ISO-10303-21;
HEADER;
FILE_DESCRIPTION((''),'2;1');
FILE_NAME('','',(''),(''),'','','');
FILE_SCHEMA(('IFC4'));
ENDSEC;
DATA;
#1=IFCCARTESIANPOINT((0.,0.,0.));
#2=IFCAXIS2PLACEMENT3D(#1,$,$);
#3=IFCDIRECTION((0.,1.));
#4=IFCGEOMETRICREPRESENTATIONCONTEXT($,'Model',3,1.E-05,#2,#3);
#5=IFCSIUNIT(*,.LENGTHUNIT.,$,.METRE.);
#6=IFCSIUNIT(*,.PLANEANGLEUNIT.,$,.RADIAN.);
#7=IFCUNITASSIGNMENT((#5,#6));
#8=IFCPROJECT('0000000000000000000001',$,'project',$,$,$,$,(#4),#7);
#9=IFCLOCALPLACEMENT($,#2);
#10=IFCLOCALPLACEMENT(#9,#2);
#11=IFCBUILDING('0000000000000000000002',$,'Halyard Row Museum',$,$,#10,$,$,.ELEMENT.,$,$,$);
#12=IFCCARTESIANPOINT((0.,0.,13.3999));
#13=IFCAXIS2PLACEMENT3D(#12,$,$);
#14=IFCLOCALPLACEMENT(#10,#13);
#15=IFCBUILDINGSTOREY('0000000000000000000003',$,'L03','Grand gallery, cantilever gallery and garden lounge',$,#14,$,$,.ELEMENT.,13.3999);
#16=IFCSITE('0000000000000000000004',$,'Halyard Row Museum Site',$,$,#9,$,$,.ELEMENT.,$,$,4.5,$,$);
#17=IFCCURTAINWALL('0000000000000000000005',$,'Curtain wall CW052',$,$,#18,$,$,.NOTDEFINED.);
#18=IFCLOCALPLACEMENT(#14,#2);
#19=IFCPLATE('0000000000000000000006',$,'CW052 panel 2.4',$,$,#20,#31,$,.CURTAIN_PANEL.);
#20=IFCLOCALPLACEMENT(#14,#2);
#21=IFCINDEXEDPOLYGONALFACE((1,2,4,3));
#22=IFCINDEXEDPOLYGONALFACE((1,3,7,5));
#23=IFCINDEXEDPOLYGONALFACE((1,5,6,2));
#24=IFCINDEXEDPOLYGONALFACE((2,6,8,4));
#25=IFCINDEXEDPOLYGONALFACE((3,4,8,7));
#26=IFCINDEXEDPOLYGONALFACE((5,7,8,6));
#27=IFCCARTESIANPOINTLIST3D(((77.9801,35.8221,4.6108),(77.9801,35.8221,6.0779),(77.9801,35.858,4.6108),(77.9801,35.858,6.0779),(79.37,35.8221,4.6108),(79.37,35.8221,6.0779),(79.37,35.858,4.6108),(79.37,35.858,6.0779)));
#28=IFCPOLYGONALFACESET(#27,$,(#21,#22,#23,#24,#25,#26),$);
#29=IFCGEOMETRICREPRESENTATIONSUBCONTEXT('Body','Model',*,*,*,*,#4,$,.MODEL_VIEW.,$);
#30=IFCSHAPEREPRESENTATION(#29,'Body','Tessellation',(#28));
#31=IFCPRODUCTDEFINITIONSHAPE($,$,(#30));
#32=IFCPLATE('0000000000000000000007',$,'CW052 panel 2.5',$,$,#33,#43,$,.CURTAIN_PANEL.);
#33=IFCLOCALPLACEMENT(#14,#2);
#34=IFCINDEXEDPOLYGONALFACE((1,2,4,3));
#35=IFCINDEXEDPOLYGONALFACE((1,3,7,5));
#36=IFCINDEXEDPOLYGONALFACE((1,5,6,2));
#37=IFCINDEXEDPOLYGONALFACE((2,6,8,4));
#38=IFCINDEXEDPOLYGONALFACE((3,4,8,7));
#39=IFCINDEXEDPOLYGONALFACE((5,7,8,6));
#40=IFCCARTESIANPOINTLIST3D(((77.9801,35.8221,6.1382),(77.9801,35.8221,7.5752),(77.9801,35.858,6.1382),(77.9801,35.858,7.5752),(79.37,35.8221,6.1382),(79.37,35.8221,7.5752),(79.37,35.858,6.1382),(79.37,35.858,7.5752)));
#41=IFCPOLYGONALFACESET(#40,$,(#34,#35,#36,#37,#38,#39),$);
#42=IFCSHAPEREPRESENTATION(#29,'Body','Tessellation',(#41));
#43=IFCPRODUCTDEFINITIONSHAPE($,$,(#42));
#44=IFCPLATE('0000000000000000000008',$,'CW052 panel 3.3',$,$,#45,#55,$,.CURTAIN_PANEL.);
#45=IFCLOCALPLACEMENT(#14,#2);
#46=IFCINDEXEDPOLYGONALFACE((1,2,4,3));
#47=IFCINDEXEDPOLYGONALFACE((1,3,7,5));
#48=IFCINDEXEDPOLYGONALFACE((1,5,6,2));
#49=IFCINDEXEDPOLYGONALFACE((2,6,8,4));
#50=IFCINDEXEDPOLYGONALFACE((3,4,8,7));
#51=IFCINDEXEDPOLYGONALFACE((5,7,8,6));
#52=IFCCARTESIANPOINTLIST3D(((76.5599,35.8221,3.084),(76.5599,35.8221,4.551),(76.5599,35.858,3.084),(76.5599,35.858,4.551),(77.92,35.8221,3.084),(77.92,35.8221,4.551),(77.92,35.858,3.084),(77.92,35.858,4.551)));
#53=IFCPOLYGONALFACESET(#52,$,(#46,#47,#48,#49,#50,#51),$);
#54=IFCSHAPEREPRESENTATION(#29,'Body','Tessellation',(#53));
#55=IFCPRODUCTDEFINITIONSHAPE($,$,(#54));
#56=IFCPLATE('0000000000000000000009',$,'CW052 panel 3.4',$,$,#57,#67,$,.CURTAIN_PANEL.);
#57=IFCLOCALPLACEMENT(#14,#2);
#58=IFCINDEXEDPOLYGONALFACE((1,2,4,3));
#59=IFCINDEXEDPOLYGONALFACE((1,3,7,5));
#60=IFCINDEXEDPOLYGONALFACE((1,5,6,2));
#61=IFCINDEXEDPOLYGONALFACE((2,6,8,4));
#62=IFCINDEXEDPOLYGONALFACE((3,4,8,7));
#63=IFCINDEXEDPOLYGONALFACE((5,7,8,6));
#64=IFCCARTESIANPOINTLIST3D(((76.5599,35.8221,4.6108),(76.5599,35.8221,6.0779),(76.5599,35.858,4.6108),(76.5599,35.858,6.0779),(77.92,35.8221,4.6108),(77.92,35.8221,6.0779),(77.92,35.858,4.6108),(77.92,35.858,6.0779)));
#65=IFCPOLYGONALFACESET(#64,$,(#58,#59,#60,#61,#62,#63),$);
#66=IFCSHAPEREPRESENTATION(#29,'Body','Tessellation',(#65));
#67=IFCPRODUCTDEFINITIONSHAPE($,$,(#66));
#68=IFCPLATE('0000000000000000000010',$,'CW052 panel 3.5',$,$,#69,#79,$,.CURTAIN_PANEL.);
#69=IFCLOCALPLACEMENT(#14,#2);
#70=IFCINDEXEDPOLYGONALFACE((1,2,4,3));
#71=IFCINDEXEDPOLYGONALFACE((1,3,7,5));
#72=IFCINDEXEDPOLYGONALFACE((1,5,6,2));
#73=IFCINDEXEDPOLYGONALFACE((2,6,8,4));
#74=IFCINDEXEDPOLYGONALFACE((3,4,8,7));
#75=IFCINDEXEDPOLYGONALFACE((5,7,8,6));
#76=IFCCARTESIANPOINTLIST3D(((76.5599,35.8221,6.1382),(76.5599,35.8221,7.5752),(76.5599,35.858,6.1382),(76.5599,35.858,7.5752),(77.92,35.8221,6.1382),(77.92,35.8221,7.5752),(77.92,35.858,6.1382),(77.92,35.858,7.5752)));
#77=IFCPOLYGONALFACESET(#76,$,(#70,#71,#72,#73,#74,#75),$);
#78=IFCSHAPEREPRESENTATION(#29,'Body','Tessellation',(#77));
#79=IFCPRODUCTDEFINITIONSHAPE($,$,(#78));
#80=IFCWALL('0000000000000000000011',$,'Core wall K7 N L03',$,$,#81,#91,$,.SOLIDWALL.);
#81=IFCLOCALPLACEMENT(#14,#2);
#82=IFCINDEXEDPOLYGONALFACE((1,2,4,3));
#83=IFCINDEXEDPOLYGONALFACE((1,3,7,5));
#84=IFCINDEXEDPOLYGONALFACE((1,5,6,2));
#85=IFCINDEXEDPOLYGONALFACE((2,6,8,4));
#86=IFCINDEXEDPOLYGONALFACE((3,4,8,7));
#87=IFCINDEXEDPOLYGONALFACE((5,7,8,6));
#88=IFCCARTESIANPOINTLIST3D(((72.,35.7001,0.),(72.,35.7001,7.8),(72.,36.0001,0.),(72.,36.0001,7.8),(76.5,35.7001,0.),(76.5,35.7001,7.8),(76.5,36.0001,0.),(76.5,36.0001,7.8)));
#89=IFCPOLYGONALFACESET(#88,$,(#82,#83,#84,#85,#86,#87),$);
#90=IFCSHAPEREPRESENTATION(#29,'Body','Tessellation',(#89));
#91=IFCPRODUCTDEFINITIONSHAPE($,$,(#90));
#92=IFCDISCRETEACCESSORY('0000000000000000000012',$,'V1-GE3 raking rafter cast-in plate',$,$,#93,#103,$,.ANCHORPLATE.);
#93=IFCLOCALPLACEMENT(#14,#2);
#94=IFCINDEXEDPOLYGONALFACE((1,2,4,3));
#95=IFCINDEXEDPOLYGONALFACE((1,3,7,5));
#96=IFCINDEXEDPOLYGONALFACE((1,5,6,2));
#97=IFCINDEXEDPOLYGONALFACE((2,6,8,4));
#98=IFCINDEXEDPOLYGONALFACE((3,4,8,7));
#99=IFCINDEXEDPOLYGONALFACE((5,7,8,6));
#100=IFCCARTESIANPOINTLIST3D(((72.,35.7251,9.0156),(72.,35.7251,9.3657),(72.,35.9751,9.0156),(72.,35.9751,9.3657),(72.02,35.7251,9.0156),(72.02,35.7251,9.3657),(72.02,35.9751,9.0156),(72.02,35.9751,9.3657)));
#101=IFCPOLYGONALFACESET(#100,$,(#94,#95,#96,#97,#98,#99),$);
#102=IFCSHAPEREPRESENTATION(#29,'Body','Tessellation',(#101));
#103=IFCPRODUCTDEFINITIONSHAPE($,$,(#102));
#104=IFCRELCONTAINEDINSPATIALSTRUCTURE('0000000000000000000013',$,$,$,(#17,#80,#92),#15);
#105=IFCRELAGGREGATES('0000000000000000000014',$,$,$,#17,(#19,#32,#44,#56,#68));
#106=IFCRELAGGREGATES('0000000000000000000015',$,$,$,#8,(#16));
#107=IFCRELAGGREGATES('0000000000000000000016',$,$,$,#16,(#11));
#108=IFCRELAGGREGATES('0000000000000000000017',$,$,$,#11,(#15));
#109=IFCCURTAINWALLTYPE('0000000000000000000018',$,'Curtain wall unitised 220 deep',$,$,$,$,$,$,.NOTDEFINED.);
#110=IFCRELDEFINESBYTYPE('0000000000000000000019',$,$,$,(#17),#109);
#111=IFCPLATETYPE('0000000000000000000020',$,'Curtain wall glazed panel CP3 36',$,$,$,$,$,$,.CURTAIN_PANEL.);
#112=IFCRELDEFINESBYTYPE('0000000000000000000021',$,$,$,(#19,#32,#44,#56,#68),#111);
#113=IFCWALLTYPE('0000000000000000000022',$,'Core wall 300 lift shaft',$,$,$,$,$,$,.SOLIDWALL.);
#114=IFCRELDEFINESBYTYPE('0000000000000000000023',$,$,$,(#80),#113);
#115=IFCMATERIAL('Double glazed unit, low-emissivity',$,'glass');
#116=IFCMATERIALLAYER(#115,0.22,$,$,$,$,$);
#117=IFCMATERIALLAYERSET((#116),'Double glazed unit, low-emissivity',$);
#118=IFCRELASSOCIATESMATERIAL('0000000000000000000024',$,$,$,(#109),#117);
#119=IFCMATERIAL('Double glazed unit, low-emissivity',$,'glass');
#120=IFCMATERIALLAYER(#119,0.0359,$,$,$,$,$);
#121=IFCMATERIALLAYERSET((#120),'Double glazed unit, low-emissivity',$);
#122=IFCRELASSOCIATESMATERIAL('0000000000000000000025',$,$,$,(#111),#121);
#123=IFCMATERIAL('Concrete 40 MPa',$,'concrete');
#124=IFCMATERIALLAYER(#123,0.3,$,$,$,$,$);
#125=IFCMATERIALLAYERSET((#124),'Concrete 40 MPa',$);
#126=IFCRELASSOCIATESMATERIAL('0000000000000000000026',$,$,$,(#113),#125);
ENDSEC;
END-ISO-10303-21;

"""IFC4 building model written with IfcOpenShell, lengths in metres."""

from ifc_helpers import new_model, si_unit, direction, frame, frame_2d, origin, origin_2d, place, context, subcontext, project, spatial, rectangle, extrude, material, layer, layer_set, type_object, element, aggregate, save


model = new_model("IFC4")

# Units and contexts
model_context = context("Model", 3, precision=1e-05, world=origin(), true_north=direction((0.0, 1.0)))
body_context = subcontext(model_context, "Body", "Model", "MODEL_VIEW")
ifc_project = project(units=[si_unit("LENGTHUNIT", "METRE"), si_unit("PLANEANGLEUNIT", "RADIAN")], contexts=[model_context])

# Site, building, storey
site_placement = place(None, origin())
site = spatial("IfcSite", under=ifc_project, at=site_placement, Name="Halyard Row Museum Site", CompositionType="ELEMENT", RefElevation=4.5)
building_placement = place(site_placement, origin())
building = spatial("IfcBuilding", under=site, at=building_placement, Name="Halyard Row Museum", CompositionType="ELEMENT")
storey_placement = place(building_placement, frame((0.0, 0.0, 13.3999)))
storey = spatial("IfcBuildingStorey", under=building, at=storey_placement, Name="L03", Description="Grand gallery, cantilever gallery and garden lounge", CompositionType="ELEMENT", Elevation=13.3999)

# Curtain wall, plates
ifc_material_1 = material(Name="Double glazed unit, low-emissivity", Category="glass")
ifc_layer_1 = layer(ifc_material_1, 0.22)
ifc_layer_set_1 = layer_set([ifc_layer_1], Name="Double glazed unit, low-emissivity")
curtain_wall_type = type_object("IfcCurtainWallType", Name="Curtain wall unitised 220 deep", PredefinedType="NOTDEFINED", material=ifc_layer_set_1)
curtain_wall_placement = place(storey_placement, origin())
curtain_wall = element("IfcCurtainWall", 1, at=curtain_wall_placement, inside=storey, type_object=curtain_wall_type, Name="Curtain wall CW052", PredefinedType="NOTDEFINED")
ifc_material_2 = material(Name="Double glazed unit, low-emissivity", Category="glass")
ifc_layer_2 = layer(ifc_material_2, 0.0359)
ifc_layer_set_2 = layer_set([ifc_layer_2], Name="Double glazed unit, low-emissivity")
plate_type = type_object("IfcPlateType", Name="Curtain wall glazed panel CP3 36", PredefinedType="CURTAIN_PANEL", material=ifc_layer_set_2)
plate_1_placement = place(storey_placement, frame((78.675, 35.8401, 4.6108), z_axis=(0.0, 0.0, 1.0), x_axis=(-1.0, 0.0, 0.0)))
plate_1 = element("IfcPlate", 2, at=plate_1_placement, type_object=plate_type, Name="CW052 panel 2.4", PredefinedType="CURTAIN_PANEL", context=body_context, shape_type="SweptSolid", body=[
    extrude(rectangle(XDim=1.3899, YDim=0.0359, at=origin_2d()), origin(), (0.0, 0.0, 1.0), 1.467),
])
plate_2_placement = place(storey_placement, frame((78.675, 35.8401, 6.1382), z_axis=(0.0, 0.0, 1.0), x_axis=(-1.0, 0.0, 0.0)))
plate_2 = element("IfcPlate", 3, at=plate_2_placement, type_object=plate_type, Name="CW052 panel 2.5", PredefinedType="CURTAIN_PANEL", context=body_context, shape_type="SweptSolid", body=[
    extrude(rectangle(XDim=1.3899, YDim=0.0359, at=origin_2d()), origin(), (0.0, 0.0, 1.0), 1.437),
])
plate_3_placement = place(storey_placement, frame((77.24, 35.8401, 3.084), z_axis=(0.0, 0.0, 1.0), x_axis=(-1.0, 0.0, 0.0)))
plate_3 = element("IfcPlate", 4, at=plate_3_placement, type_object=plate_type, Name="CW052 panel 3.3", PredefinedType="CURTAIN_PANEL", context=body_context, shape_type="SweptSolid", body=[
    extrude(rectangle(XDim=1.3601, YDim=0.0359, at=origin_2d()), origin(), (0.0, 0.0, 1.0), 1.467),
])
plate_4_placement = place(storey_placement, frame((77.24, 35.8401, 4.6108), z_axis=(0.0, 0.0, 1.0), x_axis=(-1.0, 0.0, 0.0)))
plate_4 = element("IfcPlate", 5, at=plate_4_placement, type_object=plate_type, Name="CW052 panel 3.4", PredefinedType="CURTAIN_PANEL", context=body_context, shape_type="SweptSolid", body=[
    extrude(rectangle(XDim=1.3601, YDim=0.0359, at=origin_2d()), origin(), (0.0, 0.0, 1.0), 1.467),
])
plate_5_placement = place(storey_placement, frame((77.24, 35.8401, 6.1382), z_axis=(0.0, 0.0, 1.0), x_axis=(-1.0, 0.0, 0.0)))
plate_5 = element("IfcPlate", 6, at=plate_5_placement, type_object=plate_type, Name="CW052 panel 3.5", PredefinedType="CURTAIN_PANEL", context=body_context, shape_type="SweptSolid", body=[
    extrude(rectangle(XDim=1.3601, YDim=0.0359, at=origin_2d()), origin(), (0.0, 0.0, 1.0), 1.437),
])
aggregate(curtain_wall, [plate_1, plate_2, plate_3, plate_4, plate_5])

# Wall
ifc_material_3 = material(Name="Concrete 40 MPa", Category="concrete")
ifc_layer_3 = layer(ifc_material_3, 0.3)
ifc_layer_set_3 = layer_set([ifc_layer_3], Name="Concrete 40 MPa")
wall_type = type_object("IfcWallType", Name="Core wall 300 lift shaft", PredefinedType="SOLIDWALL", material=ifc_layer_set_3)
wall_placement = place(storey_placement, frame((72.0, 35.8501, 0.0), z_axis=(0.0, 0.0, 1.0), x_axis=(1.0, 0.0, 0.0)))
element("IfcWall", 7, at=wall_placement, inside=storey, type_object=wall_type, Name="Core wall K7 N L03", PredefinedType="SOLIDWALL", context=body_context, shape_type="SweptSolid", body=[
    extrude(rectangle(XDim=4.5, YDim=0.3, at=frame_2d((2.25, 0.0))), origin(), (0.0, 0.0, 1.0), 7.8),
])

# Discrete accessory
discrete_accessory_placement = place(storey_placement, frame((72.0, 35.8501, 9.1907), z_axis=(1.0, 0.0, 0.0), x_axis=(0.0, 1.0, 0.0)))
element("IfcDiscreteAccessory", 8, at=discrete_accessory_placement, inside=storey, Name="V1-GE3 raking rafter cast-in plate", PredefinedType="ANCHORPLATE", context=body_context, shape_type="SweptSolid", body=[
    extrude(rectangle(XDim=0.25, YDim=0.3501, at=origin_2d()), origin(), (0.0, 0.0, 1.0), 0.02),
])

save(model, "model.ifc")
